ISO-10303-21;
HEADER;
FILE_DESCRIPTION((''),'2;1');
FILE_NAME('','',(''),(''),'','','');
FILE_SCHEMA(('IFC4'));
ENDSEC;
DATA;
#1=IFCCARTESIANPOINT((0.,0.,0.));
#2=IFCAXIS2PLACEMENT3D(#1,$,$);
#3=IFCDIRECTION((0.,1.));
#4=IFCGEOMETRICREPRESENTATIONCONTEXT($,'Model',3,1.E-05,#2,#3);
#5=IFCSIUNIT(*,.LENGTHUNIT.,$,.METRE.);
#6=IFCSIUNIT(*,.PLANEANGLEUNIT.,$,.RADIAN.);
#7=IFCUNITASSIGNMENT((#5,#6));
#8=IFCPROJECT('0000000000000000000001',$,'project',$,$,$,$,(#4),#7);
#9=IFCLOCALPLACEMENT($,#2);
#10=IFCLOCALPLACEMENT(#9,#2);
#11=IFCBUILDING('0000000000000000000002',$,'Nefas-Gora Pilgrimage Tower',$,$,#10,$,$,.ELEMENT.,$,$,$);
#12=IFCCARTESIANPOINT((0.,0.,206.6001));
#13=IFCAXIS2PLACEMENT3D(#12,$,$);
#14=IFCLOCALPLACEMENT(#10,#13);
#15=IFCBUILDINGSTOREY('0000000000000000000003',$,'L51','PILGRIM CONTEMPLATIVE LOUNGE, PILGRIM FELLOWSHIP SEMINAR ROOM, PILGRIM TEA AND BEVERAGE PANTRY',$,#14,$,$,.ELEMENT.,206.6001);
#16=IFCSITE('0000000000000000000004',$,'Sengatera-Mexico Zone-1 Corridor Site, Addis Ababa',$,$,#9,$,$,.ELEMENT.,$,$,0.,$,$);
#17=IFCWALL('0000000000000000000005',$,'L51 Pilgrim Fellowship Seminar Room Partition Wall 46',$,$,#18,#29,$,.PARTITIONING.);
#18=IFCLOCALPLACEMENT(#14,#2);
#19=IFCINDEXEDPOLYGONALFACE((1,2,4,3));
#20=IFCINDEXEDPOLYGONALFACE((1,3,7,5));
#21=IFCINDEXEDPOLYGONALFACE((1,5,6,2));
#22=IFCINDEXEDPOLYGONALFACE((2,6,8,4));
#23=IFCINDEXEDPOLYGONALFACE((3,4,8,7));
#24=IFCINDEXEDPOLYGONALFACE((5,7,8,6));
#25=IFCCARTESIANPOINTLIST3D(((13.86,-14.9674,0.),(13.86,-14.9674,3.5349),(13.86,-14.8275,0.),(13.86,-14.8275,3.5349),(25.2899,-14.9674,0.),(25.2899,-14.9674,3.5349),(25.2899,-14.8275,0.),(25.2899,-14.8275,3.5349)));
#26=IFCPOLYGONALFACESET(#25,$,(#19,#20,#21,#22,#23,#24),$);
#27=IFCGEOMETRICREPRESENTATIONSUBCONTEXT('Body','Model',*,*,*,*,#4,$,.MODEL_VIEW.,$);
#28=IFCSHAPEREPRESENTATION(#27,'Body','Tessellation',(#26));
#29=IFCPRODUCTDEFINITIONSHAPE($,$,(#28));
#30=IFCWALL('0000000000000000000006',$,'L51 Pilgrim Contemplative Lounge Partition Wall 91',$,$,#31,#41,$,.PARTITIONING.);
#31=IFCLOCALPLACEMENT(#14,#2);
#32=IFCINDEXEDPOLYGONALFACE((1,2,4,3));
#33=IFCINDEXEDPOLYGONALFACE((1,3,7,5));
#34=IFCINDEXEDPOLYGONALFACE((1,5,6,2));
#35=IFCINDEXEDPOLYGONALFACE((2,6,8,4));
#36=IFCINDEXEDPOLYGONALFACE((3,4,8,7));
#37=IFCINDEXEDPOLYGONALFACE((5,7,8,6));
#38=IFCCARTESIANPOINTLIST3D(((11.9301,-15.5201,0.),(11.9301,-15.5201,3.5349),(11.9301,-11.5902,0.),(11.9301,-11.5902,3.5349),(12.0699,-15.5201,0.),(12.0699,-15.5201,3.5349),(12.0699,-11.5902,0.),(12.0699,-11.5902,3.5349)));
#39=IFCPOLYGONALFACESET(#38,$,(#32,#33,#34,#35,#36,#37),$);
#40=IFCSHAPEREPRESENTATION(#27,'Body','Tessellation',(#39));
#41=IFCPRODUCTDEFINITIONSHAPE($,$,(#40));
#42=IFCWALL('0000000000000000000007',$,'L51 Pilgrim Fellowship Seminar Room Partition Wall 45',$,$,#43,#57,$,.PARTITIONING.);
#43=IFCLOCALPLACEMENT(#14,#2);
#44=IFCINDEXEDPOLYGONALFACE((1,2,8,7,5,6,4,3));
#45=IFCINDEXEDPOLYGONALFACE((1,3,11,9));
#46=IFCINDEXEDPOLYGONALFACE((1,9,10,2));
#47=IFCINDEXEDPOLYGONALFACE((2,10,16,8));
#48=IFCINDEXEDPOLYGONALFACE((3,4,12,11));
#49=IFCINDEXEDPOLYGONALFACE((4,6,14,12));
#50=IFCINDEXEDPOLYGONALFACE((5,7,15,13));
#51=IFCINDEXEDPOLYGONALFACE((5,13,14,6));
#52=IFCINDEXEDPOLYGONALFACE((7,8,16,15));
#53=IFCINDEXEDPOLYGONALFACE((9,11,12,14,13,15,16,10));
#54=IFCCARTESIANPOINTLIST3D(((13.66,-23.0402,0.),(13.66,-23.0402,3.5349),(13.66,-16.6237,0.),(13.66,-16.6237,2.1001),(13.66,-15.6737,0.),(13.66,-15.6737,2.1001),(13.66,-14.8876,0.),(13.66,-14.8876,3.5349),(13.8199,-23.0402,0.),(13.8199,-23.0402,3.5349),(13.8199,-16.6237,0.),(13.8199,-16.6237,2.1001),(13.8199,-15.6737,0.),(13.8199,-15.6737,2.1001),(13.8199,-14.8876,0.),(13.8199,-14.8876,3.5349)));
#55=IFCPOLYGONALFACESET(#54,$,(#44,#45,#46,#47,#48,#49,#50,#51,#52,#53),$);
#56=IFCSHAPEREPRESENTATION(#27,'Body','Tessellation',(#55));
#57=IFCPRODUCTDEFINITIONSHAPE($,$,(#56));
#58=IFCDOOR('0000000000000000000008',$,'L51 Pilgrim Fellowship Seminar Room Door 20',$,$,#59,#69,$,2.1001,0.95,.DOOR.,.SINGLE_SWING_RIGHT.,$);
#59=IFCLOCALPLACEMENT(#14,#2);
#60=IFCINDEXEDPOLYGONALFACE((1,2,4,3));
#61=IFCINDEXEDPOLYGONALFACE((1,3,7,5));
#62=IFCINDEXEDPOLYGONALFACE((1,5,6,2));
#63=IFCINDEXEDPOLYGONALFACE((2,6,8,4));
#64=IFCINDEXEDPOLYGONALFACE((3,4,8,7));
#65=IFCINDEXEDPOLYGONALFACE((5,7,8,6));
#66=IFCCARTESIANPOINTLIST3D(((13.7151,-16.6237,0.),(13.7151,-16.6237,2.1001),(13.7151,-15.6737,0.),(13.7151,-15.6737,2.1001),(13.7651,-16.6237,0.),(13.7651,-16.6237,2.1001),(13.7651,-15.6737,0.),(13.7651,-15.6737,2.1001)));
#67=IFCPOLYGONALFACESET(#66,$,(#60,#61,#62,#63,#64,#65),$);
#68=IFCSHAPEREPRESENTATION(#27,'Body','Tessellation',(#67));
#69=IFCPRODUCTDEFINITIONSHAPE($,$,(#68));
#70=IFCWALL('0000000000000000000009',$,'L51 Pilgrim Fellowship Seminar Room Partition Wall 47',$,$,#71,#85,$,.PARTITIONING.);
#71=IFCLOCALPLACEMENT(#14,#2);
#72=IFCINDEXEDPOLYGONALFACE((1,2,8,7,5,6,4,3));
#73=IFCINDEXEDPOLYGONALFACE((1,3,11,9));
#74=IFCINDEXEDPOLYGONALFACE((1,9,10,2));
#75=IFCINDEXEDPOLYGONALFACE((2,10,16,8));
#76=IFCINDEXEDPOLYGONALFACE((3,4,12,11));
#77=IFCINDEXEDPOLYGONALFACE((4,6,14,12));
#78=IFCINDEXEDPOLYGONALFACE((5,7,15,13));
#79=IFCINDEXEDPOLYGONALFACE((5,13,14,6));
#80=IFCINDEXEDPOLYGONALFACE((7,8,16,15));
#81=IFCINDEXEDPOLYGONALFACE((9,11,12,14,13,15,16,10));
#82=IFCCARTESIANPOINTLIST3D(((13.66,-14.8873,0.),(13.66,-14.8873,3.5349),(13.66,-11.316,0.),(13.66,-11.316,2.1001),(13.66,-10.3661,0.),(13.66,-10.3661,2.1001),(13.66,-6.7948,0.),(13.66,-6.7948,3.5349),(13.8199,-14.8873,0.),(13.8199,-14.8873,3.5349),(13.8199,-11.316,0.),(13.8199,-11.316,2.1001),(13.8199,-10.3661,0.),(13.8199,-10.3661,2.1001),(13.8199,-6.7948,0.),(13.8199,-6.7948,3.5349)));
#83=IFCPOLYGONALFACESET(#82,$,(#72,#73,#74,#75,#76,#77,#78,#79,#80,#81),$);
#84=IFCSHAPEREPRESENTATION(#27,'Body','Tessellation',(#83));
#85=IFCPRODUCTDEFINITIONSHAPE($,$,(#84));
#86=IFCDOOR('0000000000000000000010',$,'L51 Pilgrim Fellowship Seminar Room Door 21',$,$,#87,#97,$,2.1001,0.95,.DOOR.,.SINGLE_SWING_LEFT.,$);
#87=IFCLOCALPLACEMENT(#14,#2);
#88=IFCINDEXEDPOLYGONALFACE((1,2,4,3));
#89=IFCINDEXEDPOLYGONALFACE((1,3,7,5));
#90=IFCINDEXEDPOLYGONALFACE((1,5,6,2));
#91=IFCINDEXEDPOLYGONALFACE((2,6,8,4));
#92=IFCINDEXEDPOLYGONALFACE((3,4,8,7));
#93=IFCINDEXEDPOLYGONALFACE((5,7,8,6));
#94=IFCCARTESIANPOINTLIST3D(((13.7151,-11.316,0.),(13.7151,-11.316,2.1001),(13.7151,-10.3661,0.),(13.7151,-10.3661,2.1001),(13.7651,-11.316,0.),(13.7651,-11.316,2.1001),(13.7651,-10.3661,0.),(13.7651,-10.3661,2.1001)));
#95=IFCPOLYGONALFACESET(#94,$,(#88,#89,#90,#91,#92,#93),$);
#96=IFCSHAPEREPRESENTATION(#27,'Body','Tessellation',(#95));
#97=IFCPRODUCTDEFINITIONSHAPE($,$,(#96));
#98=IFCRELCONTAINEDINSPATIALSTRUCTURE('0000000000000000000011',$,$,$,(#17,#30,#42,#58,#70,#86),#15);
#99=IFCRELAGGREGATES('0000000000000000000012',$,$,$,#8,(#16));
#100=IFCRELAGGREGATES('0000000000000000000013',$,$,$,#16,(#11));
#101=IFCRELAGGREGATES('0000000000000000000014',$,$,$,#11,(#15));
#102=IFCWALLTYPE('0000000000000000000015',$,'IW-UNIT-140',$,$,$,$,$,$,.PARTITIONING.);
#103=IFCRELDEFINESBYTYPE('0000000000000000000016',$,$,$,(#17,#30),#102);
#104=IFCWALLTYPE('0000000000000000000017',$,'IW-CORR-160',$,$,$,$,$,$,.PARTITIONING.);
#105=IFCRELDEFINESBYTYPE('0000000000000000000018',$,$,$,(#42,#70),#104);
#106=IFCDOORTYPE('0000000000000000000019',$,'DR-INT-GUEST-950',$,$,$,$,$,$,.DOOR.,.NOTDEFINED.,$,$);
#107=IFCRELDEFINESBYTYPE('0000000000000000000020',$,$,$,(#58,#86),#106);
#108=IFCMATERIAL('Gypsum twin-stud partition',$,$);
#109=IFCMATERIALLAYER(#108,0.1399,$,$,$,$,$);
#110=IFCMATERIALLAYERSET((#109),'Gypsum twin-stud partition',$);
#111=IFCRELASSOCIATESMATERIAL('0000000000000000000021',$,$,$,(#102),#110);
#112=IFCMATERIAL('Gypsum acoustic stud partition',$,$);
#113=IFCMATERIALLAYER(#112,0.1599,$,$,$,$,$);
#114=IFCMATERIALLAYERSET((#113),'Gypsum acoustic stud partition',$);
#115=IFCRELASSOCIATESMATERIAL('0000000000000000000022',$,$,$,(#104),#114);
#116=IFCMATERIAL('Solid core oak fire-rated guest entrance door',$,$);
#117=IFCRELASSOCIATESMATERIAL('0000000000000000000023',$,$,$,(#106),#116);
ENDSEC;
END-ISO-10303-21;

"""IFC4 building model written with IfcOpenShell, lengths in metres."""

from ifc_helpers import new_model, si_unit, direction, frame, frame_2d, origin, place, context, subcontext, project, spatial, rectangle, extrude, source, transform, mapped, material, layer, layer_set, type_object, element, fill, save


model = new_model("IFC4")

# Units and contexts
model_context = context("Model", 3, precision=1e-05, world=origin(), true_north=direction((0.0, 1.0)))
body_context = subcontext(model_context, "Body", "Model", "MODEL_VIEW")
ifc_project = project(units=[si_unit("LENGTHUNIT", "METRE"), si_unit("PLANEANGLEUNIT", "RADIAN")], contexts=[model_context])

# Site, building, storey
site_placement = place(None, origin())
site = spatial("IfcSite", under=ifc_project, at=site_placement, Name="Sengatera-Mexico Zone-1 Corridor Site, Addis Ababa", CompositionType="ELEMENT", RefElevation=0.0)
building_placement = place(site_placement, origin())
building = spatial("IfcBuilding", under=site, at=building_placement, Name="Nefas-Gora Pilgrimage Tower", CompositionType="ELEMENT")
storey_placement = place(building_placement, frame((0.0, 0.0, 206.6001)))
storey = spatial("IfcBuildingStorey", under=building, at=storey_placement, Name="L51", Description="PILGRIM CONTEMPLATIVE LOUNGE, PILGRIM FELLOWSHIP SEMINAR ROOM, PILGRIM TEA AND BEVERAGE PANTRY", CompositionType="ELEMENT", Elevation=206.6001)

# Walls
ifc_material_1 = material(Name="Gypsum twin-stud partition")
ifc_layer_1 = layer(ifc_material_1, 0.1399)
ifc_layer_set_1 = layer_set([ifc_layer_1], Name="Gypsum twin-stud partition")
wall_type_1 = type_object("IfcWallType", Name="IW-UNIT-140", PredefinedType="PARTITIONING", material=ifc_layer_set_1)
shared_shape_1 = source(origin(), body_context, "Body", "SweptSolid", [
    extrude(rectangle(XDim=11.4299, YDim=0.1399, at=frame_2d((5.7148, 0.0))), origin(), (0.0, 0.0, 1.0), 3.5349),
])
wall_1_placement = place(storey_placement, frame((13.8601, -14.8975, 0.0), z_axis=(0.0, 0.0, 1.0), x_axis=(1.0, 0.0, 0.0)))
element("IfcWall", 1, at=wall_1_placement, inside=storey, type_object=wall_type_1, Name="L51 Pilgrim Fellowship Seminar Room Partition Wall 46", PredefinedType="PARTITIONING", context=body_context, shape_type="MappedRepresentation", body=[
    mapped(shared_shape_1, transform((0.0, 0.0, 0.0), x_axis=(1.0, 0.0, 0.0), y_axis=(0.0, 1.0, 0.0), z_axis=(0.0, 0.0, 1.0), scale=1.0)),
])
shared_shape_2 = source(origin(), body_context, "Body", "SweptSolid", [
    extrude(rectangle(XDim=3.9299, YDim=0.1399, at=frame_2d((1.9648, 0.0))), origin(), (0.0, 0.0, 1.0), 3.5349),
])
wall_2_placement = place(storey_placement, frame((12.0, -15.52, 0.0), z_axis=(0.0, 0.0, 1.0), x_axis=(0.0, 1.0, 0.0)))
element("IfcWall", 2, at=wall_2_placement, inside=storey, type_object=wall_type_1, Name="L51 Pilgrim Contemplative Lounge Partition Wall 91", PredefinedType="PARTITIONING", context=body_context, shape_type="MappedRepresentation", body=[
    mapped(shared_shape_2, transform((0.0, 0.0, 0.0), x_axis=(1.0, 0.0, 0.0), y_axis=(0.0, 1.0, 0.0), z_axis=(0.0, 0.0, 1.0), scale=1.0)),
])

# Walls, openings, doors
ifc_material_2 = material(Name="Gypsum acoustic stud partition")
ifc_layer_2 = layer(ifc_material_2, 0.1599)
ifc_layer_set_2 = layer_set([ifc_layer_2], Name="Gypsum acoustic stud partition")
wall_type_2 = type_object("IfcWallType", Name="IW-CORR-160", PredefinedType="PARTITIONING", material=ifc_layer_set_2)
shared_shape_3 = source(origin(), body_context, "Body", "SweptSolid", [
    extrude(rectangle(XDim=8.1526, YDim=0.1599, at=frame_2d((4.0762, 0.0))), origin(), (0.0, 0.0, 1.0), 3.5349),
])
wall_3_placement = place(storey_placement, frame((13.74, -23.04, 0.0), z_axis=(0.0, 0.0, 1.0), x_axis=(0.0, 1.0, 0.0)))
wall_3 = element("IfcWall", 3, at=wall_3_placement, inside=storey, type_object=wall_type_2, Name="L51 Pilgrim Fellowship Seminar Room Partition Wall 45", PredefinedType="PARTITIONING", context=body_context, shape_type="MappedRepresentation", body=[
    mapped(shared_shape_3, transform((0.0, 0.0, 0.0), x_axis=(1.0, 0.0, 0.0), y_axis=(0.0, 1.0, 0.0), z_axis=(0.0, 0.0, 1.0), scale=1.0)),
])
opening_1_placement = place(wall_3_placement, frame((6.4163, 0.0, 0.0)))
opening_1 = element("IfcOpeningElement", 4, at=opening_1_placement, cuts=wall_3, PredefinedType="OPENING", context=body_context, shape_type="SweptSolid", body=[
    extrude(rectangle(XDim=0.95, YDim=2.1001, at=frame_2d((0.4751, 1.05))), frame((0.0, 0.0898, 0.0), z_axis=(0.0, -1.0, 0.0), x_axis=(1.0, 0.0, 0.0)), (0.0, 0.0, 1.0), 0.1799),
])
ifc_material_3 = material(Name="Solid core oak fire-rated guest entrance door")
door_type = type_object("IfcDoorType", Name="DR-INT-GUEST-950", OperationType="NOTDEFINED", PredefinedType="DOOR", material=ifc_material_3)
shared_shape_4 = source(origin(), body_context, "Body", "SweptSolid", [
    extrude(rectangle(XDim=0.95, YDim=2.1001, at=frame_2d((0.4751, 1.05))), frame((0.0, 0.0249, 0.0), z_axis=(0.0, -1.0, 0.0), x_axis=(1.0, 0.0, 0.0)), (0.0, 0.0, 1.0), 0.05),
])
door_1_placement = place(opening_1_placement, origin())
door_1 = element("IfcDoor", 5, at=door_1_placement, inside=storey, type_object=door_type, Name="L51 Pilgrim Fellowship Seminar Room Door 20", OperationType="SINGLE_SWING_RIGHT", OverallHeight=2.1001, OverallWidth=0.95, PredefinedType="DOOR", context=body_context, shape_type="MappedRepresentation", body=[
    mapped(shared_shape_4, transform((0.0, 0.0, 0.0), x_axis=(1.0, 0.0, 0.0), y_axis=(0.0, 1.0, 0.0), z_axis=(0.0, 0.0, 1.0), scale=1.0)),
])
fill(opening_1, door_1)
shared_shape_5 = source(origin(), body_context, "Body", "SweptSolid", [
    extrude(rectangle(XDim=8.0925, YDim=0.1599, at=frame_2d((4.0464, 0.0))), origin(), (0.0, 0.0, 1.0), 3.5349),
])
wall_4_placement = place(storey_placement, frame((13.74, -14.8875, 0.0), z_axis=(0.0, 0.0, 1.0), x_axis=(0.0, 1.0, 0.0)))
wall_4 = element("IfcWall", 6, at=wall_4_placement, inside=storey, type_object=wall_type_2, Name="L51 Pilgrim Fellowship Seminar Room Partition Wall 47", PredefinedType="PARTITIONING", context=body_context, shape_type="MappedRepresentation", body=[
    mapped(shared_shape_5, transform((0.0, 0.0, 0.0), x_axis=(1.0, 0.0, 0.0), y_axis=(0.0, 1.0, 0.0), z_axis=(0.0, 0.0, 1.0), scale=1.0)),
])
opening_2_placement = place(wall_4_placement, frame((3.5713, 0.0, 0.0)))
opening_2 = element("IfcOpeningElement", 7, at=opening_2_placement, cuts=wall_4, PredefinedType="OPENING", context=body_context, shape_type="SweptSolid", body=[
    extrude(rectangle(XDim=0.95, YDim=2.1001, at=frame_2d((0.4751, 1.05))), frame((0.0, 0.0898, 0.0), z_axis=(0.0, -1.0, 0.0), x_axis=(1.0, 0.0, 0.0)), (0.0, 0.0, 1.0), 0.1799),
])
door_2_placement = place(opening_2_placement, origin())
door_2 = element("IfcDoor", 8, at=door_2_placement, inside=storey, type_object=door_type, Name="L51 Pilgrim Fellowship Seminar Room Door 21", OperationType="SINGLE_SWING_LEFT", OverallHeight=2.1001, OverallWidth=0.95, PredefinedType="DOOR", context=body_context, shape_type="MappedRepresentation", body=[
    mapped(shared_shape_4, transform((0.0, 0.0, 0.0), x_axis=(1.0, 0.0, 0.0), y_axis=(0.0, 1.0, 0.0), z_axis=(0.0, 0.0, 1.0), scale=1.0)),
])
fill(opening_2, door_2)

save(model, "model.ifc")
